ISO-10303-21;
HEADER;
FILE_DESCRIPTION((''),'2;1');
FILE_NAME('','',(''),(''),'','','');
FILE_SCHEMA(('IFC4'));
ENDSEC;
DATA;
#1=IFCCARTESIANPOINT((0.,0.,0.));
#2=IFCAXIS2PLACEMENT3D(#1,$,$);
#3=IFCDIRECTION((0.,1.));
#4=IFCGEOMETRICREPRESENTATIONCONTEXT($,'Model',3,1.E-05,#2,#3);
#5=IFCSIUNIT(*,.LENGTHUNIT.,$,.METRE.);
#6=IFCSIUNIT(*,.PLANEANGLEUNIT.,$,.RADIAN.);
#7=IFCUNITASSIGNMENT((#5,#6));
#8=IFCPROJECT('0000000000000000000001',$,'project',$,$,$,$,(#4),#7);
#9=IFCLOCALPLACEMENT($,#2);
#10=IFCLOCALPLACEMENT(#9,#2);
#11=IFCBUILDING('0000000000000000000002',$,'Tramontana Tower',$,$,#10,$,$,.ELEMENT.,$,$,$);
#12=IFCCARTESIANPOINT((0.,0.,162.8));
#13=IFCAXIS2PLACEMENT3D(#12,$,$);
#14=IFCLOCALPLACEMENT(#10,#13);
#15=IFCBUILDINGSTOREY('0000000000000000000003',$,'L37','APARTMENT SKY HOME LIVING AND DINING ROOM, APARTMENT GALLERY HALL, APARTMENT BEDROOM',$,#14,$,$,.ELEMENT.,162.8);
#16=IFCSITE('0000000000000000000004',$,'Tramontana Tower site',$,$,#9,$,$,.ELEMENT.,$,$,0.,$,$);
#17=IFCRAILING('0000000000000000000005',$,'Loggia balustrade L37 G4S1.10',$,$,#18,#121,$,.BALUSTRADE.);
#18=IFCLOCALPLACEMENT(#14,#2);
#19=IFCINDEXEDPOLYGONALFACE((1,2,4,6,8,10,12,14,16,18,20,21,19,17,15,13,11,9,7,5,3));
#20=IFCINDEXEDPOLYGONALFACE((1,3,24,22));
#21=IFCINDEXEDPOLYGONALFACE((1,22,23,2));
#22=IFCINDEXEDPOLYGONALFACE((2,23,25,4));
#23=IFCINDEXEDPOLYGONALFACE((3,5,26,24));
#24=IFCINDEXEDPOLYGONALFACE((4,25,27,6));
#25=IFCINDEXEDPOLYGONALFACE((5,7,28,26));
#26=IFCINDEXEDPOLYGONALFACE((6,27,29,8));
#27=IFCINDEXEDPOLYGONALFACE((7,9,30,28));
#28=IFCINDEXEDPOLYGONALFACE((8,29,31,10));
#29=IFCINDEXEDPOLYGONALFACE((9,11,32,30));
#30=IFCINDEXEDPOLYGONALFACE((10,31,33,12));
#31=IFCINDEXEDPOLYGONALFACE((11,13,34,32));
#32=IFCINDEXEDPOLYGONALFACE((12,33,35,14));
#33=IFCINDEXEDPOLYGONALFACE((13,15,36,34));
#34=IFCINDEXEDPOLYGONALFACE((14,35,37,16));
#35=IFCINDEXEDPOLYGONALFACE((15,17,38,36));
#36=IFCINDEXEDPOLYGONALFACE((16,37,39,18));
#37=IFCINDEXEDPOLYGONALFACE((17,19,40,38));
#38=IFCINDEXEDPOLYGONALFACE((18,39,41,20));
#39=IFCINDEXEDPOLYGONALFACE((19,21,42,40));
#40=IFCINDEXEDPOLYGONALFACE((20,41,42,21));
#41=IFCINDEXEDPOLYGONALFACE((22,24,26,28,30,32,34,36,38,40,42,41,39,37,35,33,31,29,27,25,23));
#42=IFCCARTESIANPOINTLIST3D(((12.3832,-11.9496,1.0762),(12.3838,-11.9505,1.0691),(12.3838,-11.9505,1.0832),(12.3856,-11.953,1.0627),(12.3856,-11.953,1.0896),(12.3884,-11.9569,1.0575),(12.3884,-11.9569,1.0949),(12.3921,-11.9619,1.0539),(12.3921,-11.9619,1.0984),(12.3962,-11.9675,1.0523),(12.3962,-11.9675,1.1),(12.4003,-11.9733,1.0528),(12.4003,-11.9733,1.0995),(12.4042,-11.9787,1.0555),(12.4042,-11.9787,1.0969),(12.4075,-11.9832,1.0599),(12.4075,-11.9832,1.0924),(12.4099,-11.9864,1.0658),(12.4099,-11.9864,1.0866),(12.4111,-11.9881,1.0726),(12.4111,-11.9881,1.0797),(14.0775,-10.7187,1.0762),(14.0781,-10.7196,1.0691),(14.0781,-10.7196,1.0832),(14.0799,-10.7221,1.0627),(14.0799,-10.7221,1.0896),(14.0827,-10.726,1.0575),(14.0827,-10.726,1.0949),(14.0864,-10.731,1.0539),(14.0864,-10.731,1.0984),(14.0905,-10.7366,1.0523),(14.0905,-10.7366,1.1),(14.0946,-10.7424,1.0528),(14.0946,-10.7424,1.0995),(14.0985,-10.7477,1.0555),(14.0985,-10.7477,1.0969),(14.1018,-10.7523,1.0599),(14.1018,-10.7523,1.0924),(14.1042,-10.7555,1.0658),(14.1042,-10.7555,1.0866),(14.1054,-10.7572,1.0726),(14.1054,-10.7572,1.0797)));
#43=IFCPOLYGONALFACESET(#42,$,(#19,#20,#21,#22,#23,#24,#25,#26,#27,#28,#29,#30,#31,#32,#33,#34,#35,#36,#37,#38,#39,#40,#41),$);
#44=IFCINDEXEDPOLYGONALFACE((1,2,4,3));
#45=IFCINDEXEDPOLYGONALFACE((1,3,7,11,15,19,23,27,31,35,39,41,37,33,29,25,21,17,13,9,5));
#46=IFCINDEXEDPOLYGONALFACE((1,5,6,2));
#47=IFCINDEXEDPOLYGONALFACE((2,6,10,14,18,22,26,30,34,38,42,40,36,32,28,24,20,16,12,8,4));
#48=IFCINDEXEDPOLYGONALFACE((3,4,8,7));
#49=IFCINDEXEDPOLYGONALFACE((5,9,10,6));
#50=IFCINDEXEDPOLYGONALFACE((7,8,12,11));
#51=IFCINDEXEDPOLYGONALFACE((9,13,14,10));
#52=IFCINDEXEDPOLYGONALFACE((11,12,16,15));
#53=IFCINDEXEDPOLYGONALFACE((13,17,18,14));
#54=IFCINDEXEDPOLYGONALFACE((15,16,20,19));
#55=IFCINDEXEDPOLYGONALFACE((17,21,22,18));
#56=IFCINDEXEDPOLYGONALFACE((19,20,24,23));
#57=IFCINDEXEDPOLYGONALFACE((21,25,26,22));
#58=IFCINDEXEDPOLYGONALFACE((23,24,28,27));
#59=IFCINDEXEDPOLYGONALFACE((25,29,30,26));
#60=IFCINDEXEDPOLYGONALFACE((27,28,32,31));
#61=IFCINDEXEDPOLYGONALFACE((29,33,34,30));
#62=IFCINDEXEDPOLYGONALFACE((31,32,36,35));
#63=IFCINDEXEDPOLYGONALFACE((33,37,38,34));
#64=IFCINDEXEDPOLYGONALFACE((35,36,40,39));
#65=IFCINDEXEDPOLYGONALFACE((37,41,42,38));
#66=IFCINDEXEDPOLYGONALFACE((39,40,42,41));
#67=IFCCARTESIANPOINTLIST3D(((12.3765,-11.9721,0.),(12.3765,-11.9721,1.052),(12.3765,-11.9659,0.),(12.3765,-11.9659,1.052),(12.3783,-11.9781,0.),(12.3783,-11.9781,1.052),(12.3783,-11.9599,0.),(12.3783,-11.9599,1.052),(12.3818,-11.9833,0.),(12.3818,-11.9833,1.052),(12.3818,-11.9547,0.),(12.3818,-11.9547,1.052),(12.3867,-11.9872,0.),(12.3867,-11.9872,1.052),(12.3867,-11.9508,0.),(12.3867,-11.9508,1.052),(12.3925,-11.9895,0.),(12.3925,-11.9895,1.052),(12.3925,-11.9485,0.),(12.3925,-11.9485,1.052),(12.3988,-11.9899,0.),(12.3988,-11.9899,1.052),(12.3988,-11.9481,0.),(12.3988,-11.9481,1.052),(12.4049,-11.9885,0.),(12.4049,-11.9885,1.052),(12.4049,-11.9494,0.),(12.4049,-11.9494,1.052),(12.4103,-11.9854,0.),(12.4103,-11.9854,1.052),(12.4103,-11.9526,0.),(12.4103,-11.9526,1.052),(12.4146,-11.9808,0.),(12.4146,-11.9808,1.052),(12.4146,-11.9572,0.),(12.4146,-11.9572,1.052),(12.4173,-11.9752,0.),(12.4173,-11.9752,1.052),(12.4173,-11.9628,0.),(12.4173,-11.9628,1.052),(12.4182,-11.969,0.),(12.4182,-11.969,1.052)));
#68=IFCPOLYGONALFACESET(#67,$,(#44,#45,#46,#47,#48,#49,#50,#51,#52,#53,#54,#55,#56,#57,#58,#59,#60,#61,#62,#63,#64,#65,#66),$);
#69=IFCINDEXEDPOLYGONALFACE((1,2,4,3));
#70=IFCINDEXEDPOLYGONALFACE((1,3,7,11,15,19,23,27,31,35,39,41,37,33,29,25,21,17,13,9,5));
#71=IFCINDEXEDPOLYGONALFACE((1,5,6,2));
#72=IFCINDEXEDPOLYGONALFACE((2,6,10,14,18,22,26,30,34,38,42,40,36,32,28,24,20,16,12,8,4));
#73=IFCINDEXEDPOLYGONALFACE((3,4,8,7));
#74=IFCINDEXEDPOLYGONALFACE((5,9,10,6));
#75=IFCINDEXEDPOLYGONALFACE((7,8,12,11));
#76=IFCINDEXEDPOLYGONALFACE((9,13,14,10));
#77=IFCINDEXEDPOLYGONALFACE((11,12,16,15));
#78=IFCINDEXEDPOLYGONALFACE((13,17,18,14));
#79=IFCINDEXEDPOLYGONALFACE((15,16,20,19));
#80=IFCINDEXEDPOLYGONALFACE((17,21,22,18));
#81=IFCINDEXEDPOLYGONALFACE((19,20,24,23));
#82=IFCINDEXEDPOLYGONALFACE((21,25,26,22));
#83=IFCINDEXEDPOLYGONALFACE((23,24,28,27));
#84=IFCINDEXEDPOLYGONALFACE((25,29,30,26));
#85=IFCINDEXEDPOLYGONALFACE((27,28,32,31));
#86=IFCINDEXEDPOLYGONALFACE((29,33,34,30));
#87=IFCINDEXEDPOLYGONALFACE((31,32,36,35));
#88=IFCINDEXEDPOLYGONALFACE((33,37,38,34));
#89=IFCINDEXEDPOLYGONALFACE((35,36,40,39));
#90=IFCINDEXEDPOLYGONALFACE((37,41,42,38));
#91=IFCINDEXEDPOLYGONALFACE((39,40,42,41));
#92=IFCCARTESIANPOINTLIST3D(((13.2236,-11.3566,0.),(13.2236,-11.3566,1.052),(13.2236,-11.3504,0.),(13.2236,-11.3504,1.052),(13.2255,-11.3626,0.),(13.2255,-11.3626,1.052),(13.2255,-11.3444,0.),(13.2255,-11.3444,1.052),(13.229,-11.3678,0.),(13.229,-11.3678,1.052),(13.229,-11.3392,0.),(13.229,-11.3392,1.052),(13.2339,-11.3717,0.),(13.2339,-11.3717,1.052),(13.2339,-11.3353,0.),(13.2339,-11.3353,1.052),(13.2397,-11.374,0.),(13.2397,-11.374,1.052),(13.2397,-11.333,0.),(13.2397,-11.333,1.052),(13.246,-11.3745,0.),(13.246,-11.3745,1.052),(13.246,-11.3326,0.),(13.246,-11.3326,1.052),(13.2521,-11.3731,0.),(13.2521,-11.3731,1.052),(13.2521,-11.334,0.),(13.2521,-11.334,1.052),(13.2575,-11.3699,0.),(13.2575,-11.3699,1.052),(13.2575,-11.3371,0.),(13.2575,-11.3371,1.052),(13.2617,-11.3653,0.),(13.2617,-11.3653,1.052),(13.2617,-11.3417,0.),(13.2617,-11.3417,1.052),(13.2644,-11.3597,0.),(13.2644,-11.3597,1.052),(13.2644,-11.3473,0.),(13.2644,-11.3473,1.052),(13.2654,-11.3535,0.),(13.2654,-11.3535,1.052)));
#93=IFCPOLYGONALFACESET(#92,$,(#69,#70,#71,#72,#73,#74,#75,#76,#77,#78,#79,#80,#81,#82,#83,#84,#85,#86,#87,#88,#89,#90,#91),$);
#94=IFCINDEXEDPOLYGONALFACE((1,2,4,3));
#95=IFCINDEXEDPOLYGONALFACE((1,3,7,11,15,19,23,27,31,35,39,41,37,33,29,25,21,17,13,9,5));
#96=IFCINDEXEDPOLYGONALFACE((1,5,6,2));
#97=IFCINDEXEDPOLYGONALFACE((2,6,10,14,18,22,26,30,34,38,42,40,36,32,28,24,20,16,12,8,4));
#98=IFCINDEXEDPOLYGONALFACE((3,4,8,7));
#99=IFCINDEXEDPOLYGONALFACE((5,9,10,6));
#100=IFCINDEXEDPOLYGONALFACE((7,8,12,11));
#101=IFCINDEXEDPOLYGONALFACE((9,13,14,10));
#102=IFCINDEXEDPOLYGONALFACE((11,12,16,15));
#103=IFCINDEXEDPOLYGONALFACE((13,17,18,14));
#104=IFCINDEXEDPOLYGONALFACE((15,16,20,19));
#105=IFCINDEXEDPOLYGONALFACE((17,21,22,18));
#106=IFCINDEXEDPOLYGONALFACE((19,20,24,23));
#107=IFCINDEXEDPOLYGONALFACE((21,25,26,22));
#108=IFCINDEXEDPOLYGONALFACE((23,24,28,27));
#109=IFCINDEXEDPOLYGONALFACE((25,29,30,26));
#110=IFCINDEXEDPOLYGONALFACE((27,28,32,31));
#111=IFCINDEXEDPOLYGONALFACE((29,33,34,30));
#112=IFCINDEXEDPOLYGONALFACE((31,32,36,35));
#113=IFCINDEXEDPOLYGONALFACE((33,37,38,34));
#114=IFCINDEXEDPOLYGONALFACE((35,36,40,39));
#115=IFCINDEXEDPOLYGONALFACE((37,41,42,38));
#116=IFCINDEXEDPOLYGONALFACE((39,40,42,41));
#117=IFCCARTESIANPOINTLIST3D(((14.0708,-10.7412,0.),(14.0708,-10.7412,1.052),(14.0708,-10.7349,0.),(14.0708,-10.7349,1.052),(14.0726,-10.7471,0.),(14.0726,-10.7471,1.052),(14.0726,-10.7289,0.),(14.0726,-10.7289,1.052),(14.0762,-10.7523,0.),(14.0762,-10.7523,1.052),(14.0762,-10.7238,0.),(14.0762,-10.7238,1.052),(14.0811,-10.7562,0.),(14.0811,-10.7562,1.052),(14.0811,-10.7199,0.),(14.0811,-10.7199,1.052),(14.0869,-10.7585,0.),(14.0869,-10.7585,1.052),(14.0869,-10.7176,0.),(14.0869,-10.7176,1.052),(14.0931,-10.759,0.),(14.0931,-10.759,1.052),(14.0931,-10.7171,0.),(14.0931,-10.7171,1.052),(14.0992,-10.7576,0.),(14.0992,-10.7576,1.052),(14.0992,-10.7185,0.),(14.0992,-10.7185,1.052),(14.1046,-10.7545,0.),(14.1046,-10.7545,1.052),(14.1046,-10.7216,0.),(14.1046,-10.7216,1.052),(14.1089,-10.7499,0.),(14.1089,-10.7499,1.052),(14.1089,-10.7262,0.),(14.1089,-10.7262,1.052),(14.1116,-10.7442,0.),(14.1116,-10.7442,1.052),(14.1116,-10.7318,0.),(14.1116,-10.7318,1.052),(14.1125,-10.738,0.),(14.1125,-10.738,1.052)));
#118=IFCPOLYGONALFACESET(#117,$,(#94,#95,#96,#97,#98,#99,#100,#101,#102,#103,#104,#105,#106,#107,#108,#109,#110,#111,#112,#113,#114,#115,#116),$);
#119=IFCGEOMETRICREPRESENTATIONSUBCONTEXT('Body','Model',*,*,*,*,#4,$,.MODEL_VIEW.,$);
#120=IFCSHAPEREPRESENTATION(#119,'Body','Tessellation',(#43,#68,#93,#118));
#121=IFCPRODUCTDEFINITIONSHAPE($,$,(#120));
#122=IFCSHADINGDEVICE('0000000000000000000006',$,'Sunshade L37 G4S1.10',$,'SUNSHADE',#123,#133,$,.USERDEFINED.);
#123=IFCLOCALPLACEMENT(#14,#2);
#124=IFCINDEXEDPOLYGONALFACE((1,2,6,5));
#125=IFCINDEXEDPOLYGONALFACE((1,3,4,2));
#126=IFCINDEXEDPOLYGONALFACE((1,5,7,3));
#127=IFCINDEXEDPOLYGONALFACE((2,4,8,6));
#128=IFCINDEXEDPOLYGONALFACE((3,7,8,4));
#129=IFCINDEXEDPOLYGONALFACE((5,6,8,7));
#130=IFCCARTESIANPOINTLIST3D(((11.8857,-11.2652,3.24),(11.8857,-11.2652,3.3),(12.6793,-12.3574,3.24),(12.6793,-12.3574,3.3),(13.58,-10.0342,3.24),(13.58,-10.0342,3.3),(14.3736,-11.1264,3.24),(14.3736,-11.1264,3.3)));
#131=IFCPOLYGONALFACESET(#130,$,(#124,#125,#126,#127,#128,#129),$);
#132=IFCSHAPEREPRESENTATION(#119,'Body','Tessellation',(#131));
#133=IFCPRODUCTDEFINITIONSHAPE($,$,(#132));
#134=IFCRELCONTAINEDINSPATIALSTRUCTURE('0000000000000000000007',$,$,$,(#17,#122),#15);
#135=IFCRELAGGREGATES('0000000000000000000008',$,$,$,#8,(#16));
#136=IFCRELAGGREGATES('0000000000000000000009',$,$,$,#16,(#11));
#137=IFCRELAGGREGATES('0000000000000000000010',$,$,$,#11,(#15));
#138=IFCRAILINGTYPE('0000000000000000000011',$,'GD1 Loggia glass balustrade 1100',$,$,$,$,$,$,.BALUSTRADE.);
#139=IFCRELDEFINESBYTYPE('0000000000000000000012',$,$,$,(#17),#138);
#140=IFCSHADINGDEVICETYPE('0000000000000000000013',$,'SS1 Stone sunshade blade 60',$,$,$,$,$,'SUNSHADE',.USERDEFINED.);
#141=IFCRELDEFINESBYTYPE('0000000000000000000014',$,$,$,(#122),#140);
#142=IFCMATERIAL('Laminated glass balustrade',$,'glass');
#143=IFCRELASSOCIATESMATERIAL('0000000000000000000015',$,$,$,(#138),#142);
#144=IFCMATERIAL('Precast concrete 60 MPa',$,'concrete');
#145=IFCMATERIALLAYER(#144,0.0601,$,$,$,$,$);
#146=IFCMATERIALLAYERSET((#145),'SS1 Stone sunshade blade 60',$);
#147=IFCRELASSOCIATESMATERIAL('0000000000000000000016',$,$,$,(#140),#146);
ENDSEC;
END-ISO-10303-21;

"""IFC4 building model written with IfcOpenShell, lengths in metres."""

from ifc_helpers import new_model, si_unit, direction, frame, origin, origin_2d, place, context, subcontext, project, spatial, rectangle, circle, extrude, material, layer, layer_set, type_object, element, save


model = new_model("IFC4")

# Units and contexts
model_context = context("Model", 3, precision=1e-05, world=origin(), true_north=direction((0.0, 1.0)))
body_context = subcontext(model_context, "Body", "Model", "MODEL_VIEW")
ifc_project = project(units=[si_unit("LENGTHUNIT", "METRE"), si_unit("PLANEANGLEUNIT", "RADIAN")], contexts=[model_context])

# Site, building, storey
site_placement = place(None, origin())
site = spatial("IfcSite", under=ifc_project, at=site_placement, Name="Tramontana Tower site", CompositionType="ELEMENT", RefElevation=0.0)
building_placement = place(site_placement, origin())
building = spatial("IfcBuilding", under=site, at=building_placement, Name="Tramontana Tower", CompositionType="ELEMENT")
storey_placement = place(building_placement, frame((0.0, 0.0, 162.8)))
storey = spatial("IfcBuildingStorey", under=building, at=storey_placement, Name="L37", Description="APARTMENT SKY HOME LIVING AND DINING ROOM, APARTMENT GALLERY HALL, APARTMENT BEDROOM", CompositionType="ELEMENT", Elevation=162.8)

# Railing
ifc_material_1 = material(Name="Laminated glass balustrade", Category="glass")
railing_type_1 = type_object("IfcRailingType", Name="GD1 Loggia glass balustrade 1100", PredefinedType="BALUSTRADE", material=ifc_material_1)
railing_1_placement = place(storey_placement, frame((12.3972, -11.969, 0.0)))
element("IfcRailing", 1, at=railing_1_placement, inside=storey, type_object=railing_type_1, Name="Loggia balustrade L37 G4S1.10", PredefinedType="BALUSTRADE", context=body_context, shape_type="SweptSolid", body=[
    extrude(circle(Radius=0.0239, at=origin_2d()), frame((0.0, 0.0, 1.0762), z_axis=(0.809028, 0.58777, 0.0), x_axis=(-0.58777, 0.809028, 0.0)), (0.0, 0.0, 1.0), 2.0942),
    extrude(circle(Radius=0.021, at=origin_2d()), origin(), (0.0, 0.0, 1.0), 1.052),
    extrude(circle(Radius=0.021, at=origin_2d()), frame((0.8472, 0.6155, 0.0)), (0.0, 0.0, 1.0), 1.052),
    extrude(circle(Radius=0.021, at=origin_2d()), frame((1.6943, 1.231, 0.0)), (0.0, 0.0, 1.0), 1.052),
])

# Shading device
ifc_material_2 = material(Name="Precast concrete 60 MPa", Category="concrete")
ifc_layer_1 = layer(ifc_material_2, 0.0601)
ifc_layer_set_1 = layer_set([ifc_layer_1], Name="SS1 Stone sunshade blade 60")
shading_device_type = type_object("IfcShadingDeviceType", Name="SS1 Stone sunshade blade 60", ElementType="SUNSHADE", PredefinedType="USERDEFINED", material=ifc_layer_set_1)
shading_device_placement = place(storey_placement, frame((13.1296, -11.1958, 3.24), z_axis=(0.0, 0.0, 1.0), x_axis=(0.809017, 0.587785, 0.0)))
element("IfcShadingDevice", 2, at=shading_device_placement, inside=storey, type_object=shading_device_type, Name="Sunshade L37 G4S1.10", ObjectType="SUNSHADE", PredefinedType="USERDEFINED", context=body_context, shape_type="SweptSolid", body=[
    extrude(rectangle(XDim=2.0942, YDim=1.3501, at=origin_2d()), origin(), (0.0, 0.0, 1.0), 0.0601),
])

save(model, "model.ifc")
